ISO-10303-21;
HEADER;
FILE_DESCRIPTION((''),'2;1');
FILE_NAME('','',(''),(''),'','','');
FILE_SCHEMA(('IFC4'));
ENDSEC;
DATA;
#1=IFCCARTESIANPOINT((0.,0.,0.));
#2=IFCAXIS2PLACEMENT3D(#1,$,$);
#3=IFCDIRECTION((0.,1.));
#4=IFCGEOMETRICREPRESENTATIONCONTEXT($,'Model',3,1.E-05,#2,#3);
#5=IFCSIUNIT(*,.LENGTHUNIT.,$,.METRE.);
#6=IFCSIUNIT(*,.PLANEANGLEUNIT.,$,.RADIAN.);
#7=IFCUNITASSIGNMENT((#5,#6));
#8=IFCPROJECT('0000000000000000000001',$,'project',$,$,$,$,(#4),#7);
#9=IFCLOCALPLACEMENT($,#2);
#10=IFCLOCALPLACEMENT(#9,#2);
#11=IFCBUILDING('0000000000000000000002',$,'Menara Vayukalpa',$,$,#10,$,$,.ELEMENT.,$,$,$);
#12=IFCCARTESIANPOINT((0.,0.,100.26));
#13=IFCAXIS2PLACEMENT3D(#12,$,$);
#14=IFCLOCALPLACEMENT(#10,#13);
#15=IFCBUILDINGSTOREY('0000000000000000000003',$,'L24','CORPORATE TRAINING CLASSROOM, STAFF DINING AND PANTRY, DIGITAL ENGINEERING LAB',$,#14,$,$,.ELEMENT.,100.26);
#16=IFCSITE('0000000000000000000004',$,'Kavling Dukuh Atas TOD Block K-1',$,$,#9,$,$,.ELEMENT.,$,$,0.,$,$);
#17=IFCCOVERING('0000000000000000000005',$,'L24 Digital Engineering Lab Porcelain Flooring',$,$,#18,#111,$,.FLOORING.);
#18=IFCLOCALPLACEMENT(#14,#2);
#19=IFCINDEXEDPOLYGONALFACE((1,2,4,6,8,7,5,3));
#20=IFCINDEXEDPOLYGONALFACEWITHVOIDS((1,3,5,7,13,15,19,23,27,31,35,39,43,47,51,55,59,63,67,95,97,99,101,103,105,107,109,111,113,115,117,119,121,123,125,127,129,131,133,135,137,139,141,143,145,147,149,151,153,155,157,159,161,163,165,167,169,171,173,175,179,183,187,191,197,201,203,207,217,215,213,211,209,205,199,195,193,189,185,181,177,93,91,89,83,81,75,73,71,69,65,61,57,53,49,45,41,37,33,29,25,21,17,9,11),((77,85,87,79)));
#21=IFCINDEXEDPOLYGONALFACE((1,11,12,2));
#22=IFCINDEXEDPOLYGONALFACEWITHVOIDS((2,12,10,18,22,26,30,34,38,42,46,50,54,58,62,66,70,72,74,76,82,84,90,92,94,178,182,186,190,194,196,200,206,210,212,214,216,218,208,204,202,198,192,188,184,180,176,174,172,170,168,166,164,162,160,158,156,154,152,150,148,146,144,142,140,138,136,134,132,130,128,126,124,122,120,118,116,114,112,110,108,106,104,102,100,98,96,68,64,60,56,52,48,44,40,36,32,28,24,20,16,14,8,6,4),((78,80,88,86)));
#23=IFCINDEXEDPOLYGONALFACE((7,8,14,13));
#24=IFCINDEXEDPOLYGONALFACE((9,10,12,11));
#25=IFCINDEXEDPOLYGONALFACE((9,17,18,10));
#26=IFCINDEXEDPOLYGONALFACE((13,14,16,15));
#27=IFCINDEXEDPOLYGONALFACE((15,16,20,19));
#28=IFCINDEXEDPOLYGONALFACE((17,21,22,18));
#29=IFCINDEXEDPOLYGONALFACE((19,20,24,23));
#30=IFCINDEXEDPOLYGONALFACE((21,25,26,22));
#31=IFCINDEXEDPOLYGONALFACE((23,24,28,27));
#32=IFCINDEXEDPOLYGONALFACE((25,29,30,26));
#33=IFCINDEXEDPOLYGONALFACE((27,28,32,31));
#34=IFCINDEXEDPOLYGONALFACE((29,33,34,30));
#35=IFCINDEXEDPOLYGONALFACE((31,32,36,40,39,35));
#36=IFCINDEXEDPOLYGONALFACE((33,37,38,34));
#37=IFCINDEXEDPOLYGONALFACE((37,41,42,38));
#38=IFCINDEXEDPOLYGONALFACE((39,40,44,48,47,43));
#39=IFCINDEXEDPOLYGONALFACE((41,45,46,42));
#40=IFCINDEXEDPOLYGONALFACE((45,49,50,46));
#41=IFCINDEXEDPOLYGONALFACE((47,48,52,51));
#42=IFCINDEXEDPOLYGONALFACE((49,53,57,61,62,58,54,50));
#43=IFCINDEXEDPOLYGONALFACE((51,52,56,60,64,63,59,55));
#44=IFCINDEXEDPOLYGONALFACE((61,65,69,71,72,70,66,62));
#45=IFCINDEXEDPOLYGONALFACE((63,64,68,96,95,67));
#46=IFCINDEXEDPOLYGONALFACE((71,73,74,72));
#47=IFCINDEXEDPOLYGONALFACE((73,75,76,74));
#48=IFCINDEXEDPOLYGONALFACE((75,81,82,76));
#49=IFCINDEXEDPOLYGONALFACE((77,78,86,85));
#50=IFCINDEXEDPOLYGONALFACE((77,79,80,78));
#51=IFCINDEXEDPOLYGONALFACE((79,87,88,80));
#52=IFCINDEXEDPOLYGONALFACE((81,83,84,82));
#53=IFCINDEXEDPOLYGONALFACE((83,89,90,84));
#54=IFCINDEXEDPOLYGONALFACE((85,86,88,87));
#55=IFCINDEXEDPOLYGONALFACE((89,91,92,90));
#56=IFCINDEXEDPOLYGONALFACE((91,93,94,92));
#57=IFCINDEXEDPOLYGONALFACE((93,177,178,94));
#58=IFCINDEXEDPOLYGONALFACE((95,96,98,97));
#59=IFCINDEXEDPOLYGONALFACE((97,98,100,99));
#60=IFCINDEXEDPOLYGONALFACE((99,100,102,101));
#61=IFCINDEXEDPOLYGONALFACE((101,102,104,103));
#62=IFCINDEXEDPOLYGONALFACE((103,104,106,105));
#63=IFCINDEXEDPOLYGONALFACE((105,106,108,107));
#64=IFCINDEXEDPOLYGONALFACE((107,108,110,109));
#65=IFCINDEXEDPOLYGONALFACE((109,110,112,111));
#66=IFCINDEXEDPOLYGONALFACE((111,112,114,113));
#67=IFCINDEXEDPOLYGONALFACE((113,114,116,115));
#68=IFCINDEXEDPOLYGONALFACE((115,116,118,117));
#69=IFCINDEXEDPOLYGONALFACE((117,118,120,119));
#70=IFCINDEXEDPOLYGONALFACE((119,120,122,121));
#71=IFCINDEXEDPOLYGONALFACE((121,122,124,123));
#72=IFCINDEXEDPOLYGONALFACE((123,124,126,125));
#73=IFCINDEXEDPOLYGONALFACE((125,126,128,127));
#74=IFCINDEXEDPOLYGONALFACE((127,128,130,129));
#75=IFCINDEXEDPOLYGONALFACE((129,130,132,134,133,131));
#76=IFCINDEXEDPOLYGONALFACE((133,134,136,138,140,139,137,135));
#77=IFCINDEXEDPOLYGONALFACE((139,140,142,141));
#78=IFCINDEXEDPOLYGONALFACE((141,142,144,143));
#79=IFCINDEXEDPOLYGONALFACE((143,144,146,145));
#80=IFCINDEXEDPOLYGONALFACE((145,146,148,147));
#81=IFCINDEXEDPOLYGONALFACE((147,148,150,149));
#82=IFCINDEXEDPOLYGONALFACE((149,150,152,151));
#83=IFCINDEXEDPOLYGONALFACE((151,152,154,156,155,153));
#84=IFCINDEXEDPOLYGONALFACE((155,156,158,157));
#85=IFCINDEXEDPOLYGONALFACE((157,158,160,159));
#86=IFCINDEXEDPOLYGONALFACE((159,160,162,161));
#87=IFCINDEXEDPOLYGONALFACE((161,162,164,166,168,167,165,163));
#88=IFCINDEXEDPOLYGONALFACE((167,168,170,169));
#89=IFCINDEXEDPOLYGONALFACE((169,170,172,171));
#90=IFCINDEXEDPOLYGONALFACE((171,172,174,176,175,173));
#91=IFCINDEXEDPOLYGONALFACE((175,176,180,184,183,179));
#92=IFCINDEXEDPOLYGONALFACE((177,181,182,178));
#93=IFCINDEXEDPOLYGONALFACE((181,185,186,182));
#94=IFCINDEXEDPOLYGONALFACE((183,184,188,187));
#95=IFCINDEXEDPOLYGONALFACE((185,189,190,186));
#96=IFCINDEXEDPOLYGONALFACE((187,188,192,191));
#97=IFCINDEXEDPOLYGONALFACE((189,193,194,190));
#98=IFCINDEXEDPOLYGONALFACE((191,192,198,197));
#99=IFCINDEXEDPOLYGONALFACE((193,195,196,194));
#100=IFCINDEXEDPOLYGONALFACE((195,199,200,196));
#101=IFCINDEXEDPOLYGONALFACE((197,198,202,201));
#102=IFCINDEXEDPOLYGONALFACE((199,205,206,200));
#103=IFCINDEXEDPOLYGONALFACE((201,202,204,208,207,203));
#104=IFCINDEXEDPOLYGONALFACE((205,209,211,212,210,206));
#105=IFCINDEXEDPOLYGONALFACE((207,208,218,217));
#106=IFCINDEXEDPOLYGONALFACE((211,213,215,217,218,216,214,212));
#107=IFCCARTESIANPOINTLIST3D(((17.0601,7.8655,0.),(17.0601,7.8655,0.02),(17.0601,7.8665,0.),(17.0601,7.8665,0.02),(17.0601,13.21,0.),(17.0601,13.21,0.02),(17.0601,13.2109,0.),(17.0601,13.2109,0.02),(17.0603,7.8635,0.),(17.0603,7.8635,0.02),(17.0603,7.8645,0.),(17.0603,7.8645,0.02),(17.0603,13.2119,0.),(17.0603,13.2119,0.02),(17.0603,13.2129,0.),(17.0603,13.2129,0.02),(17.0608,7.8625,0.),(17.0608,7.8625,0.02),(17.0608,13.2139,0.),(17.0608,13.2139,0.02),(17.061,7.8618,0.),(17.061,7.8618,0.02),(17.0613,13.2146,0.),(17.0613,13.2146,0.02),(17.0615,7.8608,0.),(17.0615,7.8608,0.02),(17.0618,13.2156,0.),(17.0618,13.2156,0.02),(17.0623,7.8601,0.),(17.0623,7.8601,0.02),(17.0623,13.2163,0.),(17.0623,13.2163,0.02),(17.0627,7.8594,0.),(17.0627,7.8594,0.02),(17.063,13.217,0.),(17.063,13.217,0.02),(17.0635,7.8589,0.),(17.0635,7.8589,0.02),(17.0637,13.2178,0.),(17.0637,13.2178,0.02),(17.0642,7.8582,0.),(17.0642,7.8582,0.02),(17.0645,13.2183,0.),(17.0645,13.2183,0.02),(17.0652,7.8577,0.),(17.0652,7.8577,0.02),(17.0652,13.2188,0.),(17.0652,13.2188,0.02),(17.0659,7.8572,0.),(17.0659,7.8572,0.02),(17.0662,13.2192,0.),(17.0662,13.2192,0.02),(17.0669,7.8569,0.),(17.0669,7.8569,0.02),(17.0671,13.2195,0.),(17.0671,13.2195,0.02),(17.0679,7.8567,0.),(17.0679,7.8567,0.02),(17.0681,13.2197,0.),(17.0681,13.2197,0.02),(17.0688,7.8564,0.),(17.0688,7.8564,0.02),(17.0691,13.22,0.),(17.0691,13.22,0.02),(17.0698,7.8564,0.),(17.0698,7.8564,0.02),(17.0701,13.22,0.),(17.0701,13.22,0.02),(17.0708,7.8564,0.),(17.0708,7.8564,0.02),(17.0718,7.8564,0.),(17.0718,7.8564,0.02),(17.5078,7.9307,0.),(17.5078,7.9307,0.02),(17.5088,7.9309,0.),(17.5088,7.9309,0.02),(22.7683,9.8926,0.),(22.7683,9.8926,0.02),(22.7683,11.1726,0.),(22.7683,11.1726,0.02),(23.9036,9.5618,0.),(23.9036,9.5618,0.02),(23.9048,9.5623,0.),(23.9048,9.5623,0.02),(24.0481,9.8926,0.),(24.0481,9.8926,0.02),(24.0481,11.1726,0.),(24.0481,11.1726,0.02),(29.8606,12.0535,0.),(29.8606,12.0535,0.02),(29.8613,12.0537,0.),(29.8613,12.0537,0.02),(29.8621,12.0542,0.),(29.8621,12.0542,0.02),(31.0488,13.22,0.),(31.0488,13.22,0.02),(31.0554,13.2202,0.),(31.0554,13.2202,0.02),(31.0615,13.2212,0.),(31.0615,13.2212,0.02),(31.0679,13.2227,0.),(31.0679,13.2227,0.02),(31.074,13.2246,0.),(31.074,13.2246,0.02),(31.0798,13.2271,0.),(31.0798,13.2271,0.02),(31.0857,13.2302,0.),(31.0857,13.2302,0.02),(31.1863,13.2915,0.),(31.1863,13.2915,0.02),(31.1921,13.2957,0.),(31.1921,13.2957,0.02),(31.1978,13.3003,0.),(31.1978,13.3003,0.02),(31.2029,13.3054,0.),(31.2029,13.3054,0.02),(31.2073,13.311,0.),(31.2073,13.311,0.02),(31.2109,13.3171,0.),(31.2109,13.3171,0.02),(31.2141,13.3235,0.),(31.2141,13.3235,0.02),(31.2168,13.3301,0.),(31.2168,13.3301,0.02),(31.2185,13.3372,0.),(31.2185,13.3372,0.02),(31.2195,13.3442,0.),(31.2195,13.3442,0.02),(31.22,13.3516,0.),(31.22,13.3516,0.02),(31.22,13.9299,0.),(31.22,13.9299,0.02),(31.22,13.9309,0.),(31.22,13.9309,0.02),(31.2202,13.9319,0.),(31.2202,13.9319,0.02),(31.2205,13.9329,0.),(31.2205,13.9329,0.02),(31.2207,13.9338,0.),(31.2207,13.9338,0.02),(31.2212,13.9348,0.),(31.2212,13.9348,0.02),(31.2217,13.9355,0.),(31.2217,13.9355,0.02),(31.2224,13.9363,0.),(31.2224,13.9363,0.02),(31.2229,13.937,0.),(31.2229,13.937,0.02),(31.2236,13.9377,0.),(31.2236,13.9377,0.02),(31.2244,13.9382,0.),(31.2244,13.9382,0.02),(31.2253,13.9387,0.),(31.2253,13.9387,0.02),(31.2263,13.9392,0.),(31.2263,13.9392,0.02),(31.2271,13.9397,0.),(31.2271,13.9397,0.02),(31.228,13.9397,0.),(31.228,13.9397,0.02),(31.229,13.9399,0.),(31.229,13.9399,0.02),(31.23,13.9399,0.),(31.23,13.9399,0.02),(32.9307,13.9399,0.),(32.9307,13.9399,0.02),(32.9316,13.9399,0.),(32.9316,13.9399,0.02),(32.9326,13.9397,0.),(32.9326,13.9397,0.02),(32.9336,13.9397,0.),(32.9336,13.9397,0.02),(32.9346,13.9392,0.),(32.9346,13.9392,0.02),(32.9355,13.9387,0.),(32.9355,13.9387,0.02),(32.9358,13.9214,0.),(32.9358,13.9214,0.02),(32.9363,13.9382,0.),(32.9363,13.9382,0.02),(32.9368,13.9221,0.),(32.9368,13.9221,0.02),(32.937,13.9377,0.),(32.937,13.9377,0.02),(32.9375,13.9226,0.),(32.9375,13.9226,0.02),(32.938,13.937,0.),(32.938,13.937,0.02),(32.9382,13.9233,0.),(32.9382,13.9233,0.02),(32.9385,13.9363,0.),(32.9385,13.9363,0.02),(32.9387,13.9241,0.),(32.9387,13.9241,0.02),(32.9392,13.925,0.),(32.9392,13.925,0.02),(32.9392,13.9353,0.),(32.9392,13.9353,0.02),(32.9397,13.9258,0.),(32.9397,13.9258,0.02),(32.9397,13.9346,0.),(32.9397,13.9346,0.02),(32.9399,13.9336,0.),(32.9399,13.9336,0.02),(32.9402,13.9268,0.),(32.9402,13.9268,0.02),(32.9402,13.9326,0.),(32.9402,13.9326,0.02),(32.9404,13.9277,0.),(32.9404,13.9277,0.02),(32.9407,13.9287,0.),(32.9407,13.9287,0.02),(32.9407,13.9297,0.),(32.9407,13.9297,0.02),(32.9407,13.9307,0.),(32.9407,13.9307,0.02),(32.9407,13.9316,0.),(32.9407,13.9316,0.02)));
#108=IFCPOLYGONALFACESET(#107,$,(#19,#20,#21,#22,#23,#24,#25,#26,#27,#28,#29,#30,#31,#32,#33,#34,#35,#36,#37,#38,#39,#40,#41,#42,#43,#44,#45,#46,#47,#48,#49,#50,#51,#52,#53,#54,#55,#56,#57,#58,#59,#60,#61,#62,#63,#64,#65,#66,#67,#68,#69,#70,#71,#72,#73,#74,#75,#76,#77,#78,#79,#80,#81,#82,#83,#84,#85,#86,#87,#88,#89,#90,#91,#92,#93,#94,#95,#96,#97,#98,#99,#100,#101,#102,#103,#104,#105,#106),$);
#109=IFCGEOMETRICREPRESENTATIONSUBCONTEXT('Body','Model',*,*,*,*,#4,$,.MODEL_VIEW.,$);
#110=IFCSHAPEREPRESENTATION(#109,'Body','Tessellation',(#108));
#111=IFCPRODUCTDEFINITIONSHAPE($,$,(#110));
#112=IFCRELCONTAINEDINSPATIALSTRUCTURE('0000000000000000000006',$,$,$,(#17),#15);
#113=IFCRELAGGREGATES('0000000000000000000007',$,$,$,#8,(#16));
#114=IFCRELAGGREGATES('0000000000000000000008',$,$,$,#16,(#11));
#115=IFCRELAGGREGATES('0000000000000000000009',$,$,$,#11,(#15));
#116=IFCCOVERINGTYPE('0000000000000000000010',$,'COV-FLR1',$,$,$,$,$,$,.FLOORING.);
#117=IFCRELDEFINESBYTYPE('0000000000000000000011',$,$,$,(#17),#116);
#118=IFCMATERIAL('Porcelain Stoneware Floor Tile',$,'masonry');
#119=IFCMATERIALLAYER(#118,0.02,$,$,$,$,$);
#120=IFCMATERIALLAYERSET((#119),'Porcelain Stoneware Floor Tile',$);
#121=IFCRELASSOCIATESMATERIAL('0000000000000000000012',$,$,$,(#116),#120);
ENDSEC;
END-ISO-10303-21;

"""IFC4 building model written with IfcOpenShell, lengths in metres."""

from ifc_helpers import new_model, si_unit, direction, frame, origin, place, context, subcontext, project, spatial, polyline, outline, extrude, material, layer, layer_set, type_object, element, save


model = new_model("IFC4")

# Units and contexts
model_context = context("Model", 3, precision=1e-05, world=origin(), true_north=direction((0.0, 1.0)))
body_context = subcontext(model_context, "Body", "Model", "MODEL_VIEW")
ifc_project = project(units=[si_unit("LENGTHUNIT", "METRE"), si_unit("PLANEANGLEUNIT", "RADIAN")], contexts=[model_context])

# Site, building, storey
site_placement = place(None, origin())
site = spatial("IfcSite", under=ifc_project, at=site_placement, Name="Kavling Dukuh Atas TOD Block K-1", CompositionType="ELEMENT", RefElevation=0.0)
building_placement = place(site_placement, origin())
building = spatial("IfcBuilding", under=site, at=building_placement, Name="Menara Vayukalpa", CompositionType="ELEMENT")
storey_placement = place(building_placement, frame((0.0, 0.0, 100.26)))
storey = spatial("IfcBuildingStorey", under=building, at=storey_placement, Name="L24", Description="CORPORATE TRAINING CLASSROOM, STAFF DINING AND PANTRY, DIGITAL ENGINEERING LAB", CompositionType="ELEMENT", Elevation=100.26)

# Covering
ifc_material_1 = material(Name="Porcelain Stoneware Floor Tile", Category="masonry")
ifc_layer_1 = layer(ifc_material_1, 0.02)
ifc_layer_set_1 = layer_set([ifc_layer_1], Name="Porcelain Stoneware Floor Tile")
covering_type_1 = type_object("IfcCoveringType", Name="COV-FLR1", PredefinedType="FLOORING", material=ifc_layer_set_1)
covering_1_placement = place(storey_placement, origin())
element("IfcCovering", 1, at=covering_1_placement, inside=storey, type_object=covering_type_1, Name="L24 Digital Engineering Lab Porcelain Flooring", PredefinedType="FLOORING", context=body_context, shape_type="SweptSolid", body=[
    extrude(outline(polyline([(17.5088, 7.9309), (17.5078, 7.9307), (17.0718, 7.8564), (17.0708, 7.8564), (17.0698, 7.8564), (17.0688, 7.8564), (17.0679, 7.8567), (17.0669, 7.8569), (17.0659, 7.8572), (17.0652, 7.8577), (17.0642, 7.8582), (17.0635, 7.8589), (17.0627, 7.8594), (17.0623, 7.8601), (17.0615, 7.8608), (17.061, 7.8618), (17.0608, 7.8625), (17.0603, 7.8635), (17.0603, 7.8645), (17.0601, 7.8655), (17.0601, 7.8665), (17.0601, 13.21), (17.0601, 13.2109), (17.0603, 13.2119), (17.0603, 13.2129), (17.0608, 13.2139), (17.0613, 13.2146), (17.0618, 13.2156), (17.0623, 13.2163), (17.063, 13.217), (17.0637, 13.2178), (17.0645, 13.2183), (17.0652, 13.2188), (17.0662, 13.2192), (17.0671, 13.2195), (17.0681, 13.2197), (17.0691, 13.22), (17.0701, 13.22), (31.0488, 13.22), (31.0554, 13.2202), (31.0615, 13.2212), (31.0679, 13.2227), (31.074, 13.2246), (31.0798, 13.2271), (31.0857, 13.2302), (31.1863, 13.2915), (31.1921, 13.2957), (31.1978, 13.3003), (31.2029, 13.3054), (31.2073, 13.311), (31.2109, 13.3171), (31.2141, 13.3235), (31.2168, 13.3301), (31.2185, 13.3372), (31.2195, 13.3442), (31.22, 13.3516), (31.22, 13.9299), (31.22, 13.9309), (31.2202, 13.9319), (31.2205, 13.9329), (31.2207, 13.9338), (31.2212, 13.9348), (31.2217, 13.9355), (31.2224, 13.9363), (31.2229, 13.937), (31.2236, 13.9377), (31.2244, 13.9382), (31.2253, 13.9387), (31.2263, 13.9392), (31.2271, 13.9397), (31.228, 13.9397), (31.229, 13.9399), (31.23, 13.9399), (32.9307, 13.9399), (32.9316, 13.9399), (32.9326, 13.9397), (32.9336, 13.9397), (32.9346, 13.9392), (32.9355, 13.9387), (32.9363, 13.9382), (32.937, 13.9377), (32.938, 13.937), (32.9385, 13.9363), (32.9392, 13.9353), (32.9397, 13.9346), (32.9399, 13.9336), (32.9402, 13.9326), (32.9407, 13.9316), (32.9407, 13.9307), (32.9407, 13.9297), (32.9407, 13.9287), (32.9404, 13.9277), (32.9402, 13.9268), (32.9397, 13.9258), (32.9392, 13.925), (32.9387, 13.9241), (32.9382, 13.9233), (32.9375, 13.9226), (32.9368, 13.9221), (32.9358, 13.9214), (29.8621, 12.0542), (29.8613, 12.0537), (29.8606, 12.0535), (23.9048, 9.5623), (23.9036, 9.5618), (17.5088, 7.9309)]), holes=[polyline([(24.0481, 11.1726), (22.7683, 11.1726), (22.7683, 9.8926), (24.0481, 9.8926), (24.0481, 11.1726)])]), origin(), (0.0, 0.0, 1.0), 0.02),
])

save(model, "model.ifc")
